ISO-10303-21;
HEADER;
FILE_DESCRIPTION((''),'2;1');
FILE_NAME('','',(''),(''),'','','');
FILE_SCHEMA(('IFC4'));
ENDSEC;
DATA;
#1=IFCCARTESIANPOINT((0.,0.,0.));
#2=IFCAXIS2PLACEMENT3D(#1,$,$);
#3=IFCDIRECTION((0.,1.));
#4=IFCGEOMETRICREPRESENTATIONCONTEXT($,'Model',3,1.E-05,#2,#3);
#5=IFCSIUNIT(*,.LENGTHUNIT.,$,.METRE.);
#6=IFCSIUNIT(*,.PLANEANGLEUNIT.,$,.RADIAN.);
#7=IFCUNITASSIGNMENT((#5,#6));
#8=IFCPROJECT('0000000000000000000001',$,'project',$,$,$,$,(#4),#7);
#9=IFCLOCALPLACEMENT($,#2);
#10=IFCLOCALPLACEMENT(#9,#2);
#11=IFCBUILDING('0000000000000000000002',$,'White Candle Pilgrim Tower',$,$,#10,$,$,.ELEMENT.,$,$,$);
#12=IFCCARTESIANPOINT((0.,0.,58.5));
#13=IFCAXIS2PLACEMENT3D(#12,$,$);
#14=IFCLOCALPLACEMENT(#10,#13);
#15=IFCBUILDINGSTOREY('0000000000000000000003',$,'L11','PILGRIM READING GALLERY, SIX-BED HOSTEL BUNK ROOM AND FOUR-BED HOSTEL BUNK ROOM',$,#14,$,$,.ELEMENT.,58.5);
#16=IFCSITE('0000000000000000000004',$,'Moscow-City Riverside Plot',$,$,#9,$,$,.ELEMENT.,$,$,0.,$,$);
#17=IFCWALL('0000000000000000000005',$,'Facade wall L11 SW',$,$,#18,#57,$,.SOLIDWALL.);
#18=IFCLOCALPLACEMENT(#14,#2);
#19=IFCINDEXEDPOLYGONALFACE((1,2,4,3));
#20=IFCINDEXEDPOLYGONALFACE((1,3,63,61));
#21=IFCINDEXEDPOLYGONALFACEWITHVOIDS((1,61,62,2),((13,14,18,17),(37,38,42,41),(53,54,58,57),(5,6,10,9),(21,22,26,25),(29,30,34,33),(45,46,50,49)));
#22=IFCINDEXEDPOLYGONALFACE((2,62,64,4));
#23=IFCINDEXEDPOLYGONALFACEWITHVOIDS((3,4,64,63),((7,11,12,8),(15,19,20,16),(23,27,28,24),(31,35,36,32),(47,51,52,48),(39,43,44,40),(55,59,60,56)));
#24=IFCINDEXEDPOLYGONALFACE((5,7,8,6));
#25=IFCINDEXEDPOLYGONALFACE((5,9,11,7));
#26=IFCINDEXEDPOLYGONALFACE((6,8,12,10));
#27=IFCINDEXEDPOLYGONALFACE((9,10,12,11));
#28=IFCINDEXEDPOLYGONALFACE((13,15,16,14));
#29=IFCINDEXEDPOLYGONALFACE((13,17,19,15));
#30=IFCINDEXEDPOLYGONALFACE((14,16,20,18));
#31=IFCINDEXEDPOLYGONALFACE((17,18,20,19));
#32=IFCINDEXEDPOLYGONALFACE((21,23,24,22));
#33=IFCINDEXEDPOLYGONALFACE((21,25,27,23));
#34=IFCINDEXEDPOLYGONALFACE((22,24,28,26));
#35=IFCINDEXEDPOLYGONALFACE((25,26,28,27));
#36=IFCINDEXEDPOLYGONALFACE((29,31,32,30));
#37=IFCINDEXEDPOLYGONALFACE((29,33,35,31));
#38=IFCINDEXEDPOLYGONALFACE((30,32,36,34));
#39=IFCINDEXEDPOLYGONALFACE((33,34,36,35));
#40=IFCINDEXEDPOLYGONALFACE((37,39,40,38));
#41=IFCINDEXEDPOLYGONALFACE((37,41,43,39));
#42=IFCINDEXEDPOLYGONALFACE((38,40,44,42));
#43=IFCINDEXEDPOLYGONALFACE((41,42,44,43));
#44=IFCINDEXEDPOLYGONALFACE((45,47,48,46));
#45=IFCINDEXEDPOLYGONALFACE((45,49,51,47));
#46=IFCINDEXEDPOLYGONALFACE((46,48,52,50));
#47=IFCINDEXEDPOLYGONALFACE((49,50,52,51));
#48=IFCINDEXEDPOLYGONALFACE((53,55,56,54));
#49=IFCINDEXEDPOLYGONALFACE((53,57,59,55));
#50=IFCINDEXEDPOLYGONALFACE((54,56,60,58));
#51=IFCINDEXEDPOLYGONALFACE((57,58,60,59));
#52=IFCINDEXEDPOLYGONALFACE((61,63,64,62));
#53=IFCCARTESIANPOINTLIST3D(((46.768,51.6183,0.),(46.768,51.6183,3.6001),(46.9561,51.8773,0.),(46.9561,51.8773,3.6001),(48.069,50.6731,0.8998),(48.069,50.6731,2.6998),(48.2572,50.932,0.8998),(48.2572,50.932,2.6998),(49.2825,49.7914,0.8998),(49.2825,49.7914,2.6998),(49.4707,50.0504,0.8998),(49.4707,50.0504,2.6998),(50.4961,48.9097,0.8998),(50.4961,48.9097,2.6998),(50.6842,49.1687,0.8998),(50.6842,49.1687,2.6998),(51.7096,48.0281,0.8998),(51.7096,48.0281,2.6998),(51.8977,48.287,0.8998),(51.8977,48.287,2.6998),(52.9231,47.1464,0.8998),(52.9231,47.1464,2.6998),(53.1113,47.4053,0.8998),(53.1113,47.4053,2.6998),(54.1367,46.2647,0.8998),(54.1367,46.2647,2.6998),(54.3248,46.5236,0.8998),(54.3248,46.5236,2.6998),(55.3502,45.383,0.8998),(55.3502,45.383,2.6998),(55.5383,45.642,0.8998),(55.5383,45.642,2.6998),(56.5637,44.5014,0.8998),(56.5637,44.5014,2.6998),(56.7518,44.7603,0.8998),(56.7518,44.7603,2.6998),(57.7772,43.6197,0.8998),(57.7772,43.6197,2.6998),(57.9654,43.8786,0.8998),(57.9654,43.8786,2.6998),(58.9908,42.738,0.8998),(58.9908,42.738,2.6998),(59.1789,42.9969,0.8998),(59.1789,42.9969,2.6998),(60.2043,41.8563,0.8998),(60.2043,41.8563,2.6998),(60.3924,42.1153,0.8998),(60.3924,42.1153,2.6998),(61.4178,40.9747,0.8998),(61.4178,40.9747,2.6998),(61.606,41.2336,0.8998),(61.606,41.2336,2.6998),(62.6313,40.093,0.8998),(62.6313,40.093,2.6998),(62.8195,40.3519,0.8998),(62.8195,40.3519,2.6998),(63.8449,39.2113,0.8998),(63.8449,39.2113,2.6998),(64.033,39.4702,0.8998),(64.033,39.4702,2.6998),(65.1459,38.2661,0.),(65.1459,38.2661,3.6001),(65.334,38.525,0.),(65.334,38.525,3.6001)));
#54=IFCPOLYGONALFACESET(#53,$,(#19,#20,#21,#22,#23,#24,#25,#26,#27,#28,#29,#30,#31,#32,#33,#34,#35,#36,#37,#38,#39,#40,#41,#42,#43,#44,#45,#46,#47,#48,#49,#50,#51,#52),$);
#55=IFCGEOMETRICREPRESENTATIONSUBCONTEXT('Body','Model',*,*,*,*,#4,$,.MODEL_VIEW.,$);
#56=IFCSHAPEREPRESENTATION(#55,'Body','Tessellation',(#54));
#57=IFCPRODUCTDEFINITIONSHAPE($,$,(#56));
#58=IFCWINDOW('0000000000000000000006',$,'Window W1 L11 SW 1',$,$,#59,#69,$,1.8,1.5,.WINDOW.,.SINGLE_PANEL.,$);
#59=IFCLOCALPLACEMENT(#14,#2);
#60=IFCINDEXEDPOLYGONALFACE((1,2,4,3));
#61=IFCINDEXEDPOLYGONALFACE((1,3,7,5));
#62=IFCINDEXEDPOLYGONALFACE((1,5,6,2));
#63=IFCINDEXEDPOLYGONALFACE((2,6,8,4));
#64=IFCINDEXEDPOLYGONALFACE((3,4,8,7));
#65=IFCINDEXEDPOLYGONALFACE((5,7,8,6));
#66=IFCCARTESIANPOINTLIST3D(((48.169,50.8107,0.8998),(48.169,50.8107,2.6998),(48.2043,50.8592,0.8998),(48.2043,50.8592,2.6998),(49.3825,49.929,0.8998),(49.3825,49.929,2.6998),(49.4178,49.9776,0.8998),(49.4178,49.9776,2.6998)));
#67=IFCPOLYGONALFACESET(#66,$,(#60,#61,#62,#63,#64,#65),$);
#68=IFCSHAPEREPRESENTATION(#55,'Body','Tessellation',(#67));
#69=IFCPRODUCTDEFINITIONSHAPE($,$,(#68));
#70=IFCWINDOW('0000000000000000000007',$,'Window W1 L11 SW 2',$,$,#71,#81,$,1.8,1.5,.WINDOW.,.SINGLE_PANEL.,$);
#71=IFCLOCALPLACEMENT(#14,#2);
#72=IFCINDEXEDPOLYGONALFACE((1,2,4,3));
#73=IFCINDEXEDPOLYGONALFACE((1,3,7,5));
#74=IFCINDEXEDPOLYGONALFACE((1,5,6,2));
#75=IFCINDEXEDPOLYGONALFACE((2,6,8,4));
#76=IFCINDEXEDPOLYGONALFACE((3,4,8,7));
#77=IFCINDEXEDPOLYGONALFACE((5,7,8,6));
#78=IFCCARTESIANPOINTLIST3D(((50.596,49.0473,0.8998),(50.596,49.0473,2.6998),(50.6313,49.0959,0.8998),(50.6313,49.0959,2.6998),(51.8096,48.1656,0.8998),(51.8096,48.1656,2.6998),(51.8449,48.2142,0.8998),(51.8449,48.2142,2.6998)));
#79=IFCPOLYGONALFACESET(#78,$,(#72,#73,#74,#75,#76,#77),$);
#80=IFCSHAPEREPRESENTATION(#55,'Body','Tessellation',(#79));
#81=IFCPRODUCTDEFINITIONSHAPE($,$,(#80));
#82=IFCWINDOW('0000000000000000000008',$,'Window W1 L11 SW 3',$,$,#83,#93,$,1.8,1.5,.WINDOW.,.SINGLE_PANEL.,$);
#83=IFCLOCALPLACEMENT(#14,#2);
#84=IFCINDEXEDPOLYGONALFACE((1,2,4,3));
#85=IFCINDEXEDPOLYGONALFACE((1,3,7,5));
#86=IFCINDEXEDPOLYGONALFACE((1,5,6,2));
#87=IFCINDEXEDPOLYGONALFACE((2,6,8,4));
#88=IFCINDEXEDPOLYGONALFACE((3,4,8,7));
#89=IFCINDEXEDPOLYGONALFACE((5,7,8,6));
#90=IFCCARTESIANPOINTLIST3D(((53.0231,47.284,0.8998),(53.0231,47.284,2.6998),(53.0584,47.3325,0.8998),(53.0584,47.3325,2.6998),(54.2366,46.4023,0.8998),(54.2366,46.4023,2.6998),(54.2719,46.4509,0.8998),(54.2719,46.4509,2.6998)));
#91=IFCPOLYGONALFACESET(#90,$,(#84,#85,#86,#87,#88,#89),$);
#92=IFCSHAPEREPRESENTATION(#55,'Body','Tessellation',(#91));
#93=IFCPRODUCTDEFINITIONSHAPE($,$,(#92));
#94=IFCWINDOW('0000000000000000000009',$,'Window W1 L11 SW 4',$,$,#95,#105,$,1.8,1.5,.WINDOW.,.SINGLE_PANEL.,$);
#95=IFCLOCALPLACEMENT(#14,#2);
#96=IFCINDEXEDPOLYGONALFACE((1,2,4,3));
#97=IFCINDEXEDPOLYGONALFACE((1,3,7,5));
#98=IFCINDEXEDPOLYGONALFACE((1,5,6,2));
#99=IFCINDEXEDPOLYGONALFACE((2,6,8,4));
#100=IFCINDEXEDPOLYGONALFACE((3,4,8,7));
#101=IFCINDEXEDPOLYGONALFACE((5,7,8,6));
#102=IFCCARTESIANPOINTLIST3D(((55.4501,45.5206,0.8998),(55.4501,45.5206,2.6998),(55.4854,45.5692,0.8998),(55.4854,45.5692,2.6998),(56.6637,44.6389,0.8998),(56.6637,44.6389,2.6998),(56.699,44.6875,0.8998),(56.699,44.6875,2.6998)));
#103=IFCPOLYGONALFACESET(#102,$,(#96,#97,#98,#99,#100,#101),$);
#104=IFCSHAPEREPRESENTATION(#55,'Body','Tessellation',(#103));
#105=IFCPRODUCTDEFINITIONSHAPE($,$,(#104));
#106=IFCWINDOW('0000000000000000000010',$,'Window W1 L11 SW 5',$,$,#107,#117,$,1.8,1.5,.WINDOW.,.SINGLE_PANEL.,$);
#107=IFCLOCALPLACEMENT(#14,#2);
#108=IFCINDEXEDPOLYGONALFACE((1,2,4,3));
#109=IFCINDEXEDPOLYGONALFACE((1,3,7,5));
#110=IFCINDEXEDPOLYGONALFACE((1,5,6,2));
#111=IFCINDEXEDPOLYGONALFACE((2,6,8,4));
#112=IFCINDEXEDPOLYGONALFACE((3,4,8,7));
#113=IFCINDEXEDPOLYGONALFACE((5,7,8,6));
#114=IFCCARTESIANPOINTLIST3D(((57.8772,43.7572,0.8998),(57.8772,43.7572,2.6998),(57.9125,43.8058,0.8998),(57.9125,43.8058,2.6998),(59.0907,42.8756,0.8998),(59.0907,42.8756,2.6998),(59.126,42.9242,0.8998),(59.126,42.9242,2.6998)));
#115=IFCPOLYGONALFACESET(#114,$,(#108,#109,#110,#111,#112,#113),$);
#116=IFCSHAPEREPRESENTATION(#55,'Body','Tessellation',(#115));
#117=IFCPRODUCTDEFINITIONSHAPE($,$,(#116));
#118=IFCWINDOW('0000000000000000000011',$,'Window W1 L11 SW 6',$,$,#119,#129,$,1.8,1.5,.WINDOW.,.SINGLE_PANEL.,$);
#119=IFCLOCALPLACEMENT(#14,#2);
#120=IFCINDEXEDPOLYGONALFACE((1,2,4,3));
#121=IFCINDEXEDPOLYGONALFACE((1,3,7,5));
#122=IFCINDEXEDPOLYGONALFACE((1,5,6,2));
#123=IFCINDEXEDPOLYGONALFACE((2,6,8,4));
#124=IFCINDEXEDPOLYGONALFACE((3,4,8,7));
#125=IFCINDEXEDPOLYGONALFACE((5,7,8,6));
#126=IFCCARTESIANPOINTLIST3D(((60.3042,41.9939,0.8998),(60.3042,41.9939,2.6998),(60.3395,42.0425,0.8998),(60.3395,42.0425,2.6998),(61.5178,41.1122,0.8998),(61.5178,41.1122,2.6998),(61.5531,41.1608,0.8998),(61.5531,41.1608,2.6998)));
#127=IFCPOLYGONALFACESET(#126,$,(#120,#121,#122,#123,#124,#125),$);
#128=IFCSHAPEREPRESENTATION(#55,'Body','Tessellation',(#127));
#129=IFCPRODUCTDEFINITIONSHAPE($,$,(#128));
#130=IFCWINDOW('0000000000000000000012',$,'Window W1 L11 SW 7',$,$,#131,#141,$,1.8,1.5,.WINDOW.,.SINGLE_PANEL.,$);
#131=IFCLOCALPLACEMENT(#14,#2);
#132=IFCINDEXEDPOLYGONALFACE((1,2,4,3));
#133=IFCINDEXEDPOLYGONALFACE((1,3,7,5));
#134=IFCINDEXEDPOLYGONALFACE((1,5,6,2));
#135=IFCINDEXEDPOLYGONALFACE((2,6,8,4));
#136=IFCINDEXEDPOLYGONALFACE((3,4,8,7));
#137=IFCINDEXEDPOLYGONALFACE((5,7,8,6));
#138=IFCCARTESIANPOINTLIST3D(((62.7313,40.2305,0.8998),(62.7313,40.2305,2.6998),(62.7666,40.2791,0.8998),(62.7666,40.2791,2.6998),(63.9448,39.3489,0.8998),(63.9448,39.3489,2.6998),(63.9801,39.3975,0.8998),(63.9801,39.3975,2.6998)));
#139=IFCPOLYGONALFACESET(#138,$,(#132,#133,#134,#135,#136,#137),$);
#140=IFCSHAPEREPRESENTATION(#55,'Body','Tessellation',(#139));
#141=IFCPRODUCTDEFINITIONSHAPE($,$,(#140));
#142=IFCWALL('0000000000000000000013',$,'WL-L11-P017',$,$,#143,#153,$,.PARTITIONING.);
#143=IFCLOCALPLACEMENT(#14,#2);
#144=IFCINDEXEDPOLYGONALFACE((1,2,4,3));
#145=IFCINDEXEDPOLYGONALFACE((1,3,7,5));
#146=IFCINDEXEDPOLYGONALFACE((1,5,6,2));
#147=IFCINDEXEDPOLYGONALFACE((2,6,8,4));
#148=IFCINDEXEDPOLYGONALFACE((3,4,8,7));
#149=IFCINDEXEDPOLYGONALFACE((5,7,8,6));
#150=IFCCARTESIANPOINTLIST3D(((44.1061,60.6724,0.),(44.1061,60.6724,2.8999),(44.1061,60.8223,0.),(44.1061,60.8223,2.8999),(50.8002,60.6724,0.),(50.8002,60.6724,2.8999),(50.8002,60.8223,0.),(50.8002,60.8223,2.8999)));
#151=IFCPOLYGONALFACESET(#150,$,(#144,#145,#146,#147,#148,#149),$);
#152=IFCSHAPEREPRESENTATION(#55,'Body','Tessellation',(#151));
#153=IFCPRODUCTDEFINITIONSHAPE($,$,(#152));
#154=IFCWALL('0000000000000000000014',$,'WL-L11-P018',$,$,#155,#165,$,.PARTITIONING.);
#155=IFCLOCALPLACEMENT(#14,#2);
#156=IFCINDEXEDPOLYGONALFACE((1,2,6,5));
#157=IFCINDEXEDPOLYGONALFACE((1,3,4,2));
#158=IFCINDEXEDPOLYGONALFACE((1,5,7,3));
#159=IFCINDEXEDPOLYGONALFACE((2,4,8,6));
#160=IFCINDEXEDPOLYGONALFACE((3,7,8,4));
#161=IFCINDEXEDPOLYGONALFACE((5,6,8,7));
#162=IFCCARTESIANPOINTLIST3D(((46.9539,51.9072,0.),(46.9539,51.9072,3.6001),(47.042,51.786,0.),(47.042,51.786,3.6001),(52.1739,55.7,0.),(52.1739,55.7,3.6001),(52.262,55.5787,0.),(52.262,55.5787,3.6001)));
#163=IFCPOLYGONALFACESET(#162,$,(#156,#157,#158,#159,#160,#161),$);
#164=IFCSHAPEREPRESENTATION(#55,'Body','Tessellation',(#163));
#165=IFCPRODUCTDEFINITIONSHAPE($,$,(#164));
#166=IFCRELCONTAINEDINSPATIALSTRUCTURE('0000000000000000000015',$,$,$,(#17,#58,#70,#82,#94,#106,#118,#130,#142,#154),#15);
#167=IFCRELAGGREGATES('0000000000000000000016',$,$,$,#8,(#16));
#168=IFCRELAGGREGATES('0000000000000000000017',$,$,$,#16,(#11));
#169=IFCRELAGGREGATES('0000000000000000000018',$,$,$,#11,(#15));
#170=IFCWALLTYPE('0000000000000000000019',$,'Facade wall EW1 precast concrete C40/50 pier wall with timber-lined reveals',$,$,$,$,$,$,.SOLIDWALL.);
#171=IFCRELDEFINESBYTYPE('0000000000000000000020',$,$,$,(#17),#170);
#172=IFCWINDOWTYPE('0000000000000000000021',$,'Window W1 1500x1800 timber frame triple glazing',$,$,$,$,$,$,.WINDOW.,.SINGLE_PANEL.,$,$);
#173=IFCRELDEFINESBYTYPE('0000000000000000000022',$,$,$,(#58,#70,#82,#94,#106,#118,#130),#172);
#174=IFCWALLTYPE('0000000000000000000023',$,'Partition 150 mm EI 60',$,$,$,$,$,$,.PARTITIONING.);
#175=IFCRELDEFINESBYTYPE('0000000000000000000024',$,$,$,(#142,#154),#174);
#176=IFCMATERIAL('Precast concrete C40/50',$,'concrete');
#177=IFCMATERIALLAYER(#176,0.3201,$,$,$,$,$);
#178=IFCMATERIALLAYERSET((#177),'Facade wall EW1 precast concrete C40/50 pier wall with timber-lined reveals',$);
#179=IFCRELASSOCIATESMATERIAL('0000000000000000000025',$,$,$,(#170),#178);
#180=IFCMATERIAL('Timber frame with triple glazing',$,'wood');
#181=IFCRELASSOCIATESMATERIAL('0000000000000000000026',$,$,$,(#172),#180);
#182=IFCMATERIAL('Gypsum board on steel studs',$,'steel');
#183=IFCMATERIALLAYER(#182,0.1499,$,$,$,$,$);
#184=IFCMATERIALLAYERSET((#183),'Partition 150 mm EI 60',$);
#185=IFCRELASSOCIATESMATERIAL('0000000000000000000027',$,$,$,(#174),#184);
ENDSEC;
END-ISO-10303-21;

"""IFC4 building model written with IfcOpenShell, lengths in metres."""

from ifc_helpers import new_model, si_unit, direction, frame, frame_2d, origin, place, context, subcontext, project, spatial, rectangle, extrude, material, layer, layer_set, type_object, element, fill, save


model = new_model("IFC4")

# Units and contexts
model_context = context("Model", 3, precision=1e-05, world=origin(), true_north=direction((0.0, 1.0)))
body_context = subcontext(model_context, "Body", "Model", "MODEL_VIEW")
ifc_project = project(units=[si_unit("LENGTHUNIT", "METRE"), si_unit("PLANEANGLEUNIT", "RADIAN")], contexts=[model_context])

# Site, building, storey
site_placement = place(None, origin())
site = spatial("IfcSite", under=ifc_project, at=site_placement, Name="Moscow-City Riverside Plot", CompositionType="ELEMENT", RefElevation=0.0)
building_placement = place(site_placement, origin())
building = spatial("IfcBuilding", under=site, at=building_placement, Name="White Candle Pilgrim Tower", CompositionType="ELEMENT")
storey_placement = place(building_placement, frame((0.0, 0.0, 58.5)))
storey = spatial("IfcBuildingStorey", under=building, at=storey_placement, Name="L11", Description="PILGRIM READING GALLERY, SIX-BED HOSTEL BUNK ROOM AND FOUR-BED HOSTEL BUNK ROOM", CompositionType="ELEMENT", Elevation=58.5)

# Shared definitions
ifc_material_1 = material(Name="Gypsum board on steel studs", Category="steel")

# Wall, openings, windows
ifc_material_2 = material(Name="Precast concrete C40/50", Category="concrete")
ifc_layer_1 = layer(ifc_material_2, 0.3201)
ifc_layer_set_1 = layer_set([ifc_layer_1], Name="Facade wall EW1 precast concrete C40/50 pier wall with timber-lined reveals")
wall_type_1 = type_object("IfcWallType", Name="Facade wall EW1 precast concrete C40/50 pier wall with timber-lined reveals", PredefinedType="SOLIDWALL", material=ifc_layer_set_1)
ifc_material_3 = material(Name="Timber frame with triple glazing", Category="wood")
wall_1_placement = place(storey_placement, frame((46.8621, 51.7478, 0.0), z_axis=(0.0, 0.0, 1.0), x_axis=(0.809018, -0.587784, 0.0)))
wall_1 = element("IfcWall", 1, at=wall_1_placement, inside=storey, type_object=wall_type_1, Name="Facade wall L11 SW", PredefinedType="SOLIDWALL", context=body_context, shape_type="SweptSolid", body=[
    extrude(rectangle(XDim=22.7163, YDim=0.3201, at=frame_2d((11.3582, 0.0))), origin(), (0.0, 0.0, 1.0), 3.6001),
])
opening_1_placement = place(wall_1_placement, frame((1.6082, 0.0, 0.8999)))
opening_1 = element("IfcOpeningElement", 2, at=opening_1_placement, cuts=wall_1, PredefinedType="OPENING", context=body_context, shape_type="SweptSolid", body=[
    extrude(rectangle(XDim=1.5, YDim=1.8, at=frame_2d((0.75, 0.8999))), frame((0.0, 0.1699, 0.0), z_axis=(0.0, -1.0, 0.0), x_axis=(1.0, 0.0, 0.0)), (0.0, 0.0, 1.0), 0.3401),
])
opening_2_placement = place(wall_1_placement, frame((4.6082, 0.0, 0.8999)))
opening_2 = element("IfcOpeningElement", 3, at=opening_2_placement, cuts=wall_1, PredefinedType="OPENING", context=body_context, shape_type="SweptSolid", body=[
    extrude(rectangle(XDim=1.5, YDim=1.8, at=frame_2d((0.75, 0.8999))), frame((0.0, 0.1699, 0.0), z_axis=(0.0, -1.0, 0.0), x_axis=(1.0, 0.0, 0.0)), (0.0, 0.0, 1.0), 0.3401),
])
opening_3_placement = place(wall_1_placement, frame((7.6082, 0.0, 0.8999)))
opening_3 = element("IfcOpeningElement", 4, at=opening_3_placement, cuts=wall_1, PredefinedType="OPENING", context=body_context, shape_type="SweptSolid", body=[
    extrude(rectangle(XDim=1.5, YDim=1.8, at=frame_2d((0.75, 0.8999))), frame((0.0, 0.1699, 0.0), z_axis=(0.0, -1.0, 0.0), x_axis=(1.0, 0.0, 0.0)), (0.0, 0.0, 1.0), 0.3401),
])
opening_4_placement = place(wall_1_placement, frame((10.6082, 0.0, 0.8999)))
opening_4 = element("IfcOpeningElement", 5, at=opening_4_placement, cuts=wall_1, PredefinedType="OPENING", context=body_context, shape_type="SweptSolid", body=[
    extrude(rectangle(XDim=1.5, YDim=1.8, at=frame_2d((0.75, 0.8999))), frame((0.0, 0.1699, 0.0), z_axis=(0.0, -1.0, 0.0), x_axis=(1.0, 0.0, 0.0)), (0.0, 0.0, 1.0), 0.3401),
])
opening_5_placement = place(wall_1_placement, frame((13.6082, 0.0, 0.8999)))
opening_5 = element("IfcOpeningElement", 6, at=opening_5_placement, cuts=wall_1, PredefinedType="OPENING", context=body_context, shape_type="SweptSolid", body=[
    extrude(rectangle(XDim=1.5, YDim=1.8, at=frame_2d((0.75, 0.8999))), frame((0.0, 0.1699, 0.0), z_axis=(0.0, -1.0, 0.0), x_axis=(1.0, 0.0, 0.0)), (0.0, 0.0, 1.0), 0.3401),
])
opening_6_placement = place(wall_1_placement, frame((16.6082, 0.0, 0.8999)))
opening_6 = element("IfcOpeningElement", 7, at=opening_6_placement, cuts=wall_1, PredefinedType="OPENING", context=body_context, shape_type="SweptSolid", body=[
    extrude(rectangle(XDim=1.5, YDim=1.8, at=frame_2d((0.75, 0.8999))), frame((0.0, 0.1699, 0.0), z_axis=(0.0, -1.0, 0.0), x_axis=(1.0, 0.0, 0.0)), (0.0, 0.0, 1.0), 0.3401),
])
opening_7_placement = place(wall_1_placement, frame((19.6082, 0.0, 0.8999)))
opening_7 = element("IfcOpeningElement", 8, at=opening_7_placement, cuts=wall_1, PredefinedType="OPENING", context=body_context, shape_type="SweptSolid", body=[
    extrude(rectangle(XDim=1.5, YDim=1.8, at=frame_2d((0.75, 0.8999))), frame((0.0, 0.1699, 0.0), z_axis=(0.0, -1.0, 0.0), x_axis=(1.0, 0.0, 0.0)), (0.0, 0.0, 1.0), 0.3401),
])
window_type_1 = type_object("IfcWindowType", Name="Window W1 1500x1800 timber frame triple glazing", PartitioningType="SINGLE_PANEL", PredefinedType="WINDOW", material=ifc_material_3)
window_1_placement = place(opening_1_placement, origin())
window_1 = element("IfcWindow", 9, at=window_1_placement, inside=storey, type_object=window_type_1, Name="Window W1 L11 SW 1", OverallHeight=1.8, OverallWidth=1.5, PartitioningType="SINGLE_PANEL", PredefinedType="WINDOW", context=body_context, shape_type="SweptSolid", body=[
    extrude(rectangle(XDim=1.5, YDim=1.8, at=frame_2d((0.75, 0.8999))), frame((0.0, 0.0701, 0.0), z_axis=(0.0, -1.0, 0.0), x_axis=(1.0, 0.0, 0.0)), (0.0, 0.0, 1.0), 0.0601),
])
fill(opening_1, window_1)
window_2_placement = place(opening_2_placement, origin())
window_2 = element("IfcWindow", 10, at=window_2_placement, inside=storey, type_object=window_type_1, Name="Window W1 L11 SW 2", OverallHeight=1.8, OverallWidth=1.5, PartitioningType="SINGLE_PANEL", PredefinedType="WINDOW", context=body_context, shape_type="SweptSolid", body=[
    extrude(rectangle(XDim=1.5, YDim=1.8, at=frame_2d((0.75, 0.8999))), frame((0.0, 0.0701, 0.0), z_axis=(0.0, -1.0, 0.0), x_axis=(1.0, 0.0, 0.0)), (0.0, 0.0, 1.0), 0.0601),
])
fill(opening_2, window_2)
window_3_placement = place(opening_3_placement, origin())
window_3 = element("IfcWindow", 11, at=window_3_placement, inside=storey, type_object=window_type_1, Name="Window W1 L11 SW 3", OverallHeight=1.8, OverallWidth=1.5, PartitioningType="SINGLE_PANEL", PredefinedType="WINDOW", context=body_context, shape_type="SweptSolid", body=[
    extrude(rectangle(XDim=1.5, YDim=1.8, at=frame_2d((0.75, 0.8999))), frame((0.0, 0.0701, 0.0), z_axis=(0.0, -1.0, 0.0), x_axis=(1.0, 0.0, 0.0)), (0.0, 0.0, 1.0), 0.0601),
])
fill(opening_3, window_3)
window_4_placement = place(opening_4_placement, origin())
window_4 = element("IfcWindow", 12, at=window_4_placement, inside=storey, type_object=window_type_1, Name="Window W1 L11 SW 4", OverallHeight=1.8, OverallWidth=1.5, PartitioningType="SINGLE_PANEL", PredefinedType="WINDOW", context=body_context, shape_type="SweptSolid", body=[
    extrude(rectangle(XDim=1.5, YDim=1.8, at=frame_2d((0.75, 0.8999))), frame((0.0, 0.0701, 0.0), z_axis=(0.0, -1.0, 0.0), x_axis=(1.0, 0.0, 0.0)), (0.0, 0.0, 1.0), 0.0601),
])
fill(opening_4, window_4)
window_5_placement = place(opening_5_placement, origin())
window_5 = element("IfcWindow", 13, at=window_5_placement, inside=storey, type_object=window_type_1, Name="Window W1 L11 SW 5", OverallHeight=1.8, OverallWidth=1.5, PartitioningType="SINGLE_PANEL", PredefinedType="WINDOW", context=body_context, shape_type="SweptSolid", body=[
    extrude(rectangle(XDim=1.5, YDim=1.8, at=frame_2d((0.75, 0.8999))), frame((0.0, 0.0701, 0.0), z_axis=(0.0, -1.0, 0.0), x_axis=(1.0, 0.0, 0.0)), (0.0, 0.0, 1.0), 0.0601),
])
fill(opening_5, window_5)
window_6_placement = place(opening_6_placement, origin())
window_6 = element("IfcWindow", 14, at=window_6_placement, inside=storey, type_object=window_type_1, Name="Window W1 L11 SW 6", OverallHeight=1.8, OverallWidth=1.5, PartitioningType="SINGLE_PANEL", PredefinedType="WINDOW", context=body_context, shape_type="SweptSolid", body=[
    extrude(rectangle(XDim=1.5, YDim=1.8, at=frame_2d((0.75, 0.8999))), frame((0.0, 0.0701, 0.0), z_axis=(0.0, -1.0, 0.0), x_axis=(1.0, 0.0, 0.0)), (0.0, 0.0, 1.0), 0.0601),
])
fill(opening_6, window_6)
window_7_placement = place(opening_7_placement, origin())
window_7 = element("IfcWindow", 15, at=window_7_placement, inside=storey, type_object=window_type_1, Name="Window W1 L11 SW 7", OverallHeight=1.8, OverallWidth=1.5, PartitioningType="SINGLE_PANEL", PredefinedType="WINDOW", context=body_context, shape_type="SweptSolid", body=[
    extrude(rectangle(XDim=1.5, YDim=1.8, at=frame_2d((0.75, 0.8999))), frame((0.0, 0.0701, 0.0), z_axis=(0.0, -1.0, 0.0), x_axis=(1.0, 0.0, 0.0)), (0.0, 0.0, 1.0), 0.0601),
])
fill(opening_7, window_7)

# Walls
ifc_layer_2 = layer(ifc_material_1, 0.1499)
ifc_layer_set_2 = layer_set([ifc_layer_2], Name="Partition 150 mm EI 60")
wall_type_2 = type_object("IfcWallType", Name="Partition 150 mm EI 60", PredefinedType="PARTITIONING", material=ifc_layer_set_2)
wall_2_placement = place(storey_placement, frame((44.106, 60.7473, 0.0), z_axis=(0.0, 0.0, 1.0), x_axis=(1.0, 0.0, 0.0)))
element("IfcWall", 16, at=wall_2_placement, inside=storey, type_object=wall_type_2, Name="WL-L11-P017", PredefinedType="PARTITIONING", context=body_context, shape_type="SweptSolid", body=[
    extrude(rectangle(XDim=6.6941, YDim=0.1499, at=frame_2d((3.3472, 0.0))), origin(), (0.0, 0.0, 1.0), 2.8999),
])
wall_3_placement = place(storey_placement, frame((46.998, 51.8467, 0.0), z_axis=(0.0, 0.0, 1.0), x_axis=(0.809003, 0.587805, 0.0)))
element("IfcWall", 17, at=wall_3_placement, inside=storey, type_object=wall_type_2, Name="WL-L11-P018", PredefinedType="PARTITIONING", context=body_context, shape_type="SweptSolid", body=[
    extrude(rectangle(XDim=6.4524, YDim=0.1499, at=frame_2d((3.2261, 0.0))), origin(), (0.0, 0.0, 1.0), 3.6001),
])

save(model, "model.ifc")
